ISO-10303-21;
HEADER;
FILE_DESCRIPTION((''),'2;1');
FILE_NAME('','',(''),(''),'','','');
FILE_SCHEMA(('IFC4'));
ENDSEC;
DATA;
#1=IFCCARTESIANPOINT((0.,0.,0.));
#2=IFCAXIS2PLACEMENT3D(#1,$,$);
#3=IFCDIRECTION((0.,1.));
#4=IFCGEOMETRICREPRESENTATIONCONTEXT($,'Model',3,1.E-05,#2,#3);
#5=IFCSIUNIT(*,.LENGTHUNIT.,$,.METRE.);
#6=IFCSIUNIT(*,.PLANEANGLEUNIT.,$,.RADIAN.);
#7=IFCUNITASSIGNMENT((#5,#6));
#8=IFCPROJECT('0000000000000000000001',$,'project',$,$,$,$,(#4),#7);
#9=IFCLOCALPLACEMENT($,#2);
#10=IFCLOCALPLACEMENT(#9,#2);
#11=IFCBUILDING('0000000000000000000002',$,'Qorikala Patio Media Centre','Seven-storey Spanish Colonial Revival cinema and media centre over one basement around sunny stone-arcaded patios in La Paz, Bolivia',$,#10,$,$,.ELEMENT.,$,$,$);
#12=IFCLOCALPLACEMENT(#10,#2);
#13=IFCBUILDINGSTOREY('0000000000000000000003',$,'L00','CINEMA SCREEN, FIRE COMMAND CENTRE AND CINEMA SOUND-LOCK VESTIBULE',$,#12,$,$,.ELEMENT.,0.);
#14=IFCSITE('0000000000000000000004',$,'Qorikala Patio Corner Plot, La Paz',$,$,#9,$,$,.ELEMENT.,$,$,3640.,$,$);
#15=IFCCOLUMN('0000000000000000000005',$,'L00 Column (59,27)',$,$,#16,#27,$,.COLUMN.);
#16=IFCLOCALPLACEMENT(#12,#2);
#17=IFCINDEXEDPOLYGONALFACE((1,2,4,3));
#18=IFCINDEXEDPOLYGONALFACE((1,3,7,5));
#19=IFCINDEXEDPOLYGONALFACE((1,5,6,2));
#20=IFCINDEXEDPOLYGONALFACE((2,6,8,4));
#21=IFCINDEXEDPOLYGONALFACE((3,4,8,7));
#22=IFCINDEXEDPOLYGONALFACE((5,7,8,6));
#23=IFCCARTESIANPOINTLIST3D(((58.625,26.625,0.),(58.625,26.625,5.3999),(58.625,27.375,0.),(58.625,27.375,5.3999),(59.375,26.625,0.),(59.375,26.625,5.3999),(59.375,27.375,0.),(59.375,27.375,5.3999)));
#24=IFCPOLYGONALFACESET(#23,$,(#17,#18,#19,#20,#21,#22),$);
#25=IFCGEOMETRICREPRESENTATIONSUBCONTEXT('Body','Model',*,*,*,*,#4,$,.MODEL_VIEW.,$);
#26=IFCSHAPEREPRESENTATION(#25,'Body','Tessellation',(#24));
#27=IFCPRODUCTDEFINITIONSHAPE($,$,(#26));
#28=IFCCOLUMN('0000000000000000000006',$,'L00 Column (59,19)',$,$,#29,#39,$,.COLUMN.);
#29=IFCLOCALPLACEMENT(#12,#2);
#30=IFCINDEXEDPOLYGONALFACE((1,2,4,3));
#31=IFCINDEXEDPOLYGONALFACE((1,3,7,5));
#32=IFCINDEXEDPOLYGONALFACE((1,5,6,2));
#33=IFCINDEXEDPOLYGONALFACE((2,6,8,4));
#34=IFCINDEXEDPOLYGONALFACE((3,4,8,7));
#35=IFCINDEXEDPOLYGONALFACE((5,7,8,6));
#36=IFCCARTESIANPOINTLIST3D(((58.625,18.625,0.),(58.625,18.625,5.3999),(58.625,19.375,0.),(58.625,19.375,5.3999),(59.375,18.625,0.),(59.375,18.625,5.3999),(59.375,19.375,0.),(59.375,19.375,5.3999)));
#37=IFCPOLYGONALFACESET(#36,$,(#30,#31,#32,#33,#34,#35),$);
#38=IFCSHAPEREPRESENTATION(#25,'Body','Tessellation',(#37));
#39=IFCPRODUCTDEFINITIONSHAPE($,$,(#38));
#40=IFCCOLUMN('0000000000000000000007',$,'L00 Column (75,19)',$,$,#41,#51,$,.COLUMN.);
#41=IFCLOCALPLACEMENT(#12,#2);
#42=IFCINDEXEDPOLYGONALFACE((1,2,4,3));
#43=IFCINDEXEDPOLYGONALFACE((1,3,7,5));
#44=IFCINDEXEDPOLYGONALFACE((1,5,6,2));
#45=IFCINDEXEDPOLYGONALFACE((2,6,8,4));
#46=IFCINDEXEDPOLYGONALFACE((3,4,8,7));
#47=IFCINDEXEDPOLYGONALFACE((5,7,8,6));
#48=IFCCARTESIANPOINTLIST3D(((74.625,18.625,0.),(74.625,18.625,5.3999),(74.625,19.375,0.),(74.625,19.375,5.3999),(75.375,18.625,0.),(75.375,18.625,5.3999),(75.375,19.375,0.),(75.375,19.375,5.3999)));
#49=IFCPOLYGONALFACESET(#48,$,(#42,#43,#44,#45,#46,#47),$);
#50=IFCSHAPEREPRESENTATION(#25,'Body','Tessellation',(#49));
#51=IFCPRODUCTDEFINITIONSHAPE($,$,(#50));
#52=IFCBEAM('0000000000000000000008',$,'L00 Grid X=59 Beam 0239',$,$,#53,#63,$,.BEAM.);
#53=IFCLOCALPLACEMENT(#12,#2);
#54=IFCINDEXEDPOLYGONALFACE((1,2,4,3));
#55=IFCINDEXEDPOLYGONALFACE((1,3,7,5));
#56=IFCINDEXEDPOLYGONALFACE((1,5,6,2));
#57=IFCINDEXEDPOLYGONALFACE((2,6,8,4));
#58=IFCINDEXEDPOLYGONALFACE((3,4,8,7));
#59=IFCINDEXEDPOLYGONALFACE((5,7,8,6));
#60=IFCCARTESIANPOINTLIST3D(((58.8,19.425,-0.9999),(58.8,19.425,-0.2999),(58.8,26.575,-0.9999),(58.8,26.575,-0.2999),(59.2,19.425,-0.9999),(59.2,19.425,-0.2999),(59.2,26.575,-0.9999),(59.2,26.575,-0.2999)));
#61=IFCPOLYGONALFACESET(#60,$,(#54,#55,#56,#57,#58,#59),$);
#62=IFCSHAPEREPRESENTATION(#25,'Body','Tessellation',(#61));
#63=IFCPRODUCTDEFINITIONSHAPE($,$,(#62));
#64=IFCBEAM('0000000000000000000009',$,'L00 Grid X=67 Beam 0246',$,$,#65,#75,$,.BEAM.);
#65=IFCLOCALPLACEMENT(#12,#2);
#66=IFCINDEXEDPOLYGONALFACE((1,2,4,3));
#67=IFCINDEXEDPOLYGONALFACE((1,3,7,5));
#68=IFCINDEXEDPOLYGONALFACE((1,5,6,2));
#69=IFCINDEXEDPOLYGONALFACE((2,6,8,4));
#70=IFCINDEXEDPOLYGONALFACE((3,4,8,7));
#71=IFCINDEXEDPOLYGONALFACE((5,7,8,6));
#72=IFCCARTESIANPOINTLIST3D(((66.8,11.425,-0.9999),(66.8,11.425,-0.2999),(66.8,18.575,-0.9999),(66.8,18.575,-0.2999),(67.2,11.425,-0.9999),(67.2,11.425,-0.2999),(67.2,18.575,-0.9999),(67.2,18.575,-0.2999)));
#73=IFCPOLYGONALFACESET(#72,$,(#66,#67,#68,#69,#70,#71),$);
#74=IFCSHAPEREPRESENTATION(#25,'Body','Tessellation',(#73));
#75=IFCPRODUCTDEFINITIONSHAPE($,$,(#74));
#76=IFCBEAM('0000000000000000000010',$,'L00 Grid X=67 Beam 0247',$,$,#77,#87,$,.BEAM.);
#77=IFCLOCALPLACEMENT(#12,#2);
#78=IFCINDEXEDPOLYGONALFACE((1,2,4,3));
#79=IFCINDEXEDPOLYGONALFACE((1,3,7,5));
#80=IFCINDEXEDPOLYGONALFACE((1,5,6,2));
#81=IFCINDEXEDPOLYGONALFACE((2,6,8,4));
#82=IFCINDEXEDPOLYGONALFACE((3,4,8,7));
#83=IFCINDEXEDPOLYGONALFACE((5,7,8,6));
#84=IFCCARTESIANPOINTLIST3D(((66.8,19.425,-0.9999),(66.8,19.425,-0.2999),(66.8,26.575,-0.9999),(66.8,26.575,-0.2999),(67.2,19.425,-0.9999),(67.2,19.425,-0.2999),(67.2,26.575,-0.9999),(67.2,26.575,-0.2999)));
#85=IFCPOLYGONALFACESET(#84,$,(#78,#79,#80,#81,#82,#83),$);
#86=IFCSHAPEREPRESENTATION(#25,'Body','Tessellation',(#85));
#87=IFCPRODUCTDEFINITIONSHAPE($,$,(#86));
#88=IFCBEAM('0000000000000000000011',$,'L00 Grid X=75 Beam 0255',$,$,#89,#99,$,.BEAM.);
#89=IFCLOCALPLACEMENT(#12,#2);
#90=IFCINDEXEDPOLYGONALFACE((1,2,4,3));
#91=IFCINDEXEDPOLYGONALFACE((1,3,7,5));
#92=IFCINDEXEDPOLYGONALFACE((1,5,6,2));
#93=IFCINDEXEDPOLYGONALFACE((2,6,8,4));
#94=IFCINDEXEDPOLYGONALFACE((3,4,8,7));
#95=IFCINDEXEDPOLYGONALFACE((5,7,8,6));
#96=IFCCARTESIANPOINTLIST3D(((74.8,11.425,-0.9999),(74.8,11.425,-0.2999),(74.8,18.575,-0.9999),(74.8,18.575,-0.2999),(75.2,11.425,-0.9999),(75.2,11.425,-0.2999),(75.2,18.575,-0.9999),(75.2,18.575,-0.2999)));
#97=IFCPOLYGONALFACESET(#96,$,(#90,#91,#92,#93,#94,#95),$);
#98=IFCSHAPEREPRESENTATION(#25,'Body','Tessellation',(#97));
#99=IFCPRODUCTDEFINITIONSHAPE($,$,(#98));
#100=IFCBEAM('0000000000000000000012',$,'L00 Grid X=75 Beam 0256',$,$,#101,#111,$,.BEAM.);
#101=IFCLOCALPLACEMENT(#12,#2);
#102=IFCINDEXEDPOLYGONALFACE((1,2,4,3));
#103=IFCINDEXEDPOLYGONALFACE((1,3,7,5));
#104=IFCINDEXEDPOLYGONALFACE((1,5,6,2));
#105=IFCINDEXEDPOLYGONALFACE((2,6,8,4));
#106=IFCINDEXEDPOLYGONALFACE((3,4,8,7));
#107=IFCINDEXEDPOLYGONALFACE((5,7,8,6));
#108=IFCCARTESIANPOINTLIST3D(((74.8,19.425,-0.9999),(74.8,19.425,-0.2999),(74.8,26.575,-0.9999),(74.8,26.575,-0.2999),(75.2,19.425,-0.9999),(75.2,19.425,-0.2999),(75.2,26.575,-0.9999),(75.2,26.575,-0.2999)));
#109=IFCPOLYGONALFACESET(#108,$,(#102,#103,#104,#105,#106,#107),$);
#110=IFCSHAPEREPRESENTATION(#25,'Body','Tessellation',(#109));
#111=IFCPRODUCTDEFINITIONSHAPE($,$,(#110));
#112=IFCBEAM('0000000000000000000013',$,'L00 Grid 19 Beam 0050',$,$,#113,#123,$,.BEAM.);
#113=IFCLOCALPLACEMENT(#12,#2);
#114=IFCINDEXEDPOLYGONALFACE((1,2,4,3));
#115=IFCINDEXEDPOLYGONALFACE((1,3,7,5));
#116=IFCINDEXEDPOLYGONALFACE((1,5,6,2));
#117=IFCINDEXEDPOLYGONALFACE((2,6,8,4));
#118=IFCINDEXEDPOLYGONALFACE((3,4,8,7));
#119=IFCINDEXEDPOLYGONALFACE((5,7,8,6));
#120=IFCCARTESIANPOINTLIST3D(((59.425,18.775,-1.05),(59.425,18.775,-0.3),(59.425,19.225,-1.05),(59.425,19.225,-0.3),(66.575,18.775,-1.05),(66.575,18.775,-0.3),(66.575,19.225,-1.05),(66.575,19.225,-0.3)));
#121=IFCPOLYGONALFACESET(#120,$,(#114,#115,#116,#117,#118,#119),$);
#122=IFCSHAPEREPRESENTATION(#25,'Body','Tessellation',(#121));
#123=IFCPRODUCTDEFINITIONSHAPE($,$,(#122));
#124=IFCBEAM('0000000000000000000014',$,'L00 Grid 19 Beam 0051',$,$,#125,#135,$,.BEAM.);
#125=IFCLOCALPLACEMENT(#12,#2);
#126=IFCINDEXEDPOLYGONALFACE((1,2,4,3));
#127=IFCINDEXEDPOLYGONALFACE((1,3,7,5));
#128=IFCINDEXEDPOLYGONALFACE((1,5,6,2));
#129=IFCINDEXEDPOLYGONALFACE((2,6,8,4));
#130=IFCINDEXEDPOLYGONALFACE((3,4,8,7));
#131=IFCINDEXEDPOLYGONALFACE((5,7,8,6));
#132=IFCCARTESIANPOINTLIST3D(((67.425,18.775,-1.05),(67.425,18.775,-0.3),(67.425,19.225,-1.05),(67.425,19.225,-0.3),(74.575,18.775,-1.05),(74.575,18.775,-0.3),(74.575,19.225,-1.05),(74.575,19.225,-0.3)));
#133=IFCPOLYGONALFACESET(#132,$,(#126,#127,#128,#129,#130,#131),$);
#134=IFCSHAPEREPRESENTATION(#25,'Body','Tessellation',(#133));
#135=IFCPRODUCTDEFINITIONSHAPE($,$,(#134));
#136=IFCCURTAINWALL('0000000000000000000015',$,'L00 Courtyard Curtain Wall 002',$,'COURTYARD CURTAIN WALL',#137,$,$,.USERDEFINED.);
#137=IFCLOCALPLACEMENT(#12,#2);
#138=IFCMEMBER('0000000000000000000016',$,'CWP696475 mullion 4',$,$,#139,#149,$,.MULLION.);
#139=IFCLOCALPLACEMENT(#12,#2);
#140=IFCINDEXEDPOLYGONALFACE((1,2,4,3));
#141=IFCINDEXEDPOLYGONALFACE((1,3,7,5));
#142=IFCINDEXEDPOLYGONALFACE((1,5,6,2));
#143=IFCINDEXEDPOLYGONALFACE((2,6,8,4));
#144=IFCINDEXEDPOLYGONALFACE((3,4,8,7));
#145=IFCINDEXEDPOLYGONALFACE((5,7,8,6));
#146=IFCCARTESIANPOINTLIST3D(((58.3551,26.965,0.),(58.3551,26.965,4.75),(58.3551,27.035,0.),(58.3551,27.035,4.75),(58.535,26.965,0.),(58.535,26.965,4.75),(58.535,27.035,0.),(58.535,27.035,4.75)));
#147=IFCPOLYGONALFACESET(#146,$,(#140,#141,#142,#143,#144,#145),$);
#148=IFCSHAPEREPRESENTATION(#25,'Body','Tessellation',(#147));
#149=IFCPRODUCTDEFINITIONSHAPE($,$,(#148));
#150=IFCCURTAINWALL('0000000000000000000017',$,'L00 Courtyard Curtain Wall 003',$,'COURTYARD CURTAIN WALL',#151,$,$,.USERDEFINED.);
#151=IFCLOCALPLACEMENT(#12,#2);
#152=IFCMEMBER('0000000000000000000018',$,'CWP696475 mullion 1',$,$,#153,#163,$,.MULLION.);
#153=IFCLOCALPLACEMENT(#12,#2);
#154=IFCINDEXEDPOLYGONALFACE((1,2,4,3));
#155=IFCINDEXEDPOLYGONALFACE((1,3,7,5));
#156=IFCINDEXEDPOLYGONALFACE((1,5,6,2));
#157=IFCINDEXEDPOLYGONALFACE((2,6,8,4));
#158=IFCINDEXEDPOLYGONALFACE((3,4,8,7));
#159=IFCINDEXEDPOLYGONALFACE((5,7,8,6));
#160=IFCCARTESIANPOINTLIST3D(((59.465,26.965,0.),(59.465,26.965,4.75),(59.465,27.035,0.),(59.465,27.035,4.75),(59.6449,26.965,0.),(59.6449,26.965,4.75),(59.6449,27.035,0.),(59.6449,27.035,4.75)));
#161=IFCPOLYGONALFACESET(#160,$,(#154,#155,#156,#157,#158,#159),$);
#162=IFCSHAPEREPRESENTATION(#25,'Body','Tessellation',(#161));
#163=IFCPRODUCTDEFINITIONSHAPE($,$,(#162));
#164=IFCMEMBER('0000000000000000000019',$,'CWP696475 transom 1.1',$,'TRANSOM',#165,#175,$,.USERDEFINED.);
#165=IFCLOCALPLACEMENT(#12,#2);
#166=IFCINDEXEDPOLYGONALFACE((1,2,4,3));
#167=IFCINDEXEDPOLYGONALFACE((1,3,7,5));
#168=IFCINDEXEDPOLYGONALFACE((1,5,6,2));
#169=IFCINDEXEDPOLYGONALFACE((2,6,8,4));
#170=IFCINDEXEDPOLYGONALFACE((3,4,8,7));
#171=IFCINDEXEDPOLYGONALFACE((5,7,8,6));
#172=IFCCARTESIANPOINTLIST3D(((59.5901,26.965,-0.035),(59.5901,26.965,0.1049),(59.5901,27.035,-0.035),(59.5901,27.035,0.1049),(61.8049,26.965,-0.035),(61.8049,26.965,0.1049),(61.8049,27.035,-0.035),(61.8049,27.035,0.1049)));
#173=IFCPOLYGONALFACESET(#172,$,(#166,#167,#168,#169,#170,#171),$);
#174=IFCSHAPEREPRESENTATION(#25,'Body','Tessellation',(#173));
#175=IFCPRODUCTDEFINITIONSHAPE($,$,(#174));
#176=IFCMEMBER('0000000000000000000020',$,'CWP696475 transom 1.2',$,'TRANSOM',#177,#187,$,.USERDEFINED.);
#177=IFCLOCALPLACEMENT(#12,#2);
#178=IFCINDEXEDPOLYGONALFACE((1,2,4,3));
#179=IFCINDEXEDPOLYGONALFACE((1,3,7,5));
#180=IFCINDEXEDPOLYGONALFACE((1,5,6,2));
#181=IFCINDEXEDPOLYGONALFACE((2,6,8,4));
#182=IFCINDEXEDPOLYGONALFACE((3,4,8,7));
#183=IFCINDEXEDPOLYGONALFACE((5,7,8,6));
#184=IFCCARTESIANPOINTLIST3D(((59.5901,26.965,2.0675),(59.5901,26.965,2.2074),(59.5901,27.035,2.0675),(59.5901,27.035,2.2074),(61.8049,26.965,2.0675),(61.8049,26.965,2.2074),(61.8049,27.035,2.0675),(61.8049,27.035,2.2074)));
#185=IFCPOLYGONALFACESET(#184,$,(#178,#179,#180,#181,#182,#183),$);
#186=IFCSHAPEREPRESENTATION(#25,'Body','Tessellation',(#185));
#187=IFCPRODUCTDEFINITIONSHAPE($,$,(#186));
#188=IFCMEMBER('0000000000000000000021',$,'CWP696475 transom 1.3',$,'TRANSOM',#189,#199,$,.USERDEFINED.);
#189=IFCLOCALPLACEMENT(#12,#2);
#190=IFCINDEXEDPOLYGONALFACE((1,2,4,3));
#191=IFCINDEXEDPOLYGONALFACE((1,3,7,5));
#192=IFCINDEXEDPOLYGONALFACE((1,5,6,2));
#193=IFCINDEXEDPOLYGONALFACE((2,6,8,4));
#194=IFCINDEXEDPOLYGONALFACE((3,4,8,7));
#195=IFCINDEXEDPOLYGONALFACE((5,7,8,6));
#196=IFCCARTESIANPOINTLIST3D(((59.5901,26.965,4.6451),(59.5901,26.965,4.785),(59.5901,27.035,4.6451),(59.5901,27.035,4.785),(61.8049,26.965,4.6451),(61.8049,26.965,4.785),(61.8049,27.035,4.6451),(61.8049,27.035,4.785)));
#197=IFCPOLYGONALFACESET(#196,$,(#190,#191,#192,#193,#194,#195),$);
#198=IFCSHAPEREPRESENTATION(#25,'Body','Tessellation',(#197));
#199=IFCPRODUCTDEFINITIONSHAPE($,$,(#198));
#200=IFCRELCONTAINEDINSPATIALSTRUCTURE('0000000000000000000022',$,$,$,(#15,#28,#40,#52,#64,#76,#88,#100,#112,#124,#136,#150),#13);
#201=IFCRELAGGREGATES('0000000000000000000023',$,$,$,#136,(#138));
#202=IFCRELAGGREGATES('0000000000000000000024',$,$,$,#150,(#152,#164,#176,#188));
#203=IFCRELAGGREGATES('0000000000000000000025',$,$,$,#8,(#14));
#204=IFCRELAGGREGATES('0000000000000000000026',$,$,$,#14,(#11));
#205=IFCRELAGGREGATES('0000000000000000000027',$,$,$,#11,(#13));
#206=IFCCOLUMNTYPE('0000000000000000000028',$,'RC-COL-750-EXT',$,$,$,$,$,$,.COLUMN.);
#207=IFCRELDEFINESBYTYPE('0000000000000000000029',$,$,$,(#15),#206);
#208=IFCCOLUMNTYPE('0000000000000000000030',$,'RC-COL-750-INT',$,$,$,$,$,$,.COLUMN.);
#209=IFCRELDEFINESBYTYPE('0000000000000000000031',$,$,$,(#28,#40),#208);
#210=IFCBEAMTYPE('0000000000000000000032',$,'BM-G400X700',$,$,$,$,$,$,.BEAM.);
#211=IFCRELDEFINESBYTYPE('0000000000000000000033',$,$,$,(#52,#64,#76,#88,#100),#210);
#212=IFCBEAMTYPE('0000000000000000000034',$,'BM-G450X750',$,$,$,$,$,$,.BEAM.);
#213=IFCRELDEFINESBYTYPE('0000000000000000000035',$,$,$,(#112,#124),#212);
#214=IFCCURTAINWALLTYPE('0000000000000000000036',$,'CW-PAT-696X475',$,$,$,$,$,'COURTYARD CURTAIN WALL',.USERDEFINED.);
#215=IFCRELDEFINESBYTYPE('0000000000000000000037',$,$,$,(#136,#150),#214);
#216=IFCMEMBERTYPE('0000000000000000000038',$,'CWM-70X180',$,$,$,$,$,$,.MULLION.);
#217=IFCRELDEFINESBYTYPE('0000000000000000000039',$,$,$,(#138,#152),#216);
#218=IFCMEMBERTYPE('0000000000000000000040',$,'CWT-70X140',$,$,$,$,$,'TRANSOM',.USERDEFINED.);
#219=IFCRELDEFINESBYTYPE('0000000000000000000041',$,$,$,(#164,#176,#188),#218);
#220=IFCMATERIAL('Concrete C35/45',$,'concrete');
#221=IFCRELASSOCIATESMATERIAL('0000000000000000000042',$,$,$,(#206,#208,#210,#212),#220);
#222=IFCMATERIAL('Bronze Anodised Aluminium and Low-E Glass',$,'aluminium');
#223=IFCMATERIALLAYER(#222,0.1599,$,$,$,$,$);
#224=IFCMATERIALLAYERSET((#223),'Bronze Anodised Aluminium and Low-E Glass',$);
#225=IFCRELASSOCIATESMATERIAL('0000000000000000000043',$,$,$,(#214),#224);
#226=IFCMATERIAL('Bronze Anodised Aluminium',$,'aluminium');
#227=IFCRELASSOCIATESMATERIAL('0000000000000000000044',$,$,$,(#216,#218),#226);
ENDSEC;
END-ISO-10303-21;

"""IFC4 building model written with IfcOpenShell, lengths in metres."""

from ifc_helpers import new_model, si_unit, direction, frame, origin, origin_2d, place, context, subcontext, project, spatial, rectangle, extrude, material, layer, layer_set, material_profile, profile_set, type_object, element, aggregate, save


model = new_model("IFC4")

# Units and contexts
model_context = context("Model", 3, precision=1e-05, world=origin(), true_north=direction((0.0, 1.0)))
body_context = subcontext(model_context, "Body", "Model", "MODEL_VIEW")
ifc_project = project(units=[si_unit("LENGTHUNIT", "METRE"), si_unit("PLANEANGLEUNIT", "RADIAN")], contexts=[model_context])

# Site, building, storey
site_placement = place(None, origin())
site = spatial("IfcSite", under=ifc_project, at=site_placement, Name="Qorikala Patio Corner Plot, La Paz", CompositionType="ELEMENT", RefElevation=3640.0)
building_placement = place(site_placement, origin())
building = spatial("IfcBuilding", under=site, at=building_placement, Name="Qorikala Patio Media Centre", Description="Seven-storey Spanish Colonial Revival cinema and media centre over one basement around sunny stone-arcaded patios in La Paz, Bolivia", CompositionType="ELEMENT")
storey_placement = place(building_placement, origin())
storey = spatial("IfcBuildingStorey", under=building, at=storey_placement, Name="L00", Description="CINEMA SCREEN, FIRE COMMAND CENTRE AND CINEMA SOUND-LOCK VESTIBULE", CompositionType="ELEMENT", Elevation=0.0)

# Columns
ifc_material_1 = material(Name="Concrete C35/45", Category="concrete")
ifc_material_profile_1 = material_profile(ifc_material_1, rectangle(XDim=0.75, YDim=0.75, at=origin_2d()), Name="RC 750x750")
ifc_profile_set_1 = profile_set([ifc_material_profile_1], Name="Concrete C35/45")
column_type_1 = type_object("IfcColumnType", Name="RC-COL-750-EXT", PredefinedType="COLUMN", material=ifc_profile_set_1)
column_placement = place(storey_placement, frame((59.0, 27.0, 0.0), z_axis=(0.0, 0.0, 1.0), x_axis=(1.0, 0.0, 0.0)))
element("IfcColumn", 1, at=column_placement, inside=storey, type_object=column_type_1, Name="L00 Column (59,27)", PredefinedType="COLUMN", context=body_context, shape_type="SweptSolid", body=[
    extrude(rectangle(XDim=0.75, YDim=0.75, at=origin_2d()), origin(), (0.0, 0.0, 1.0), 5.3999),
])
ifc_material_profile_2 = material_profile(ifc_material_1, rectangle(XDim=0.75, YDim=0.75, at=origin_2d()), Name="RC 750x750")
ifc_profile_set_2 = profile_set([ifc_material_profile_2], Name="Concrete C35/45")
column_type_2 = type_object("IfcColumnType", Name="RC-COL-750-INT", PredefinedType="COLUMN", material=ifc_profile_set_2)
for number, where, z_axis, x_axis, name in (
    (2, (59.0, 19.0, 0.0), (0.0, 0.0, 1.0), (1.0, 0.0, 0.0), "L00 Column (59,19)"),
    (3, (75.0, 19.0, 0.0), (0.0, 0.0, 1.0), (1.0, 0.0, 0.0), "L00 Column (75,19)"),
):
    element("IfcColumn", number, at=place(storey_placement, frame(where, z_axis=z_axis, x_axis=x_axis)), inside=storey, type_object=column_type_2, Name=name, PredefinedType="COLUMN", context=body_context, shape_type="SweptSolid", body=[
        extrude(rectangle(XDim=0.75, YDim=0.75, at=origin_2d()), origin(), (0.0, 0.0, 1.0), 5.3999),
    ])

# Beams
ifc_material_profile_3 = material_profile(ifc_material_1, rectangle(XDim=0.3999, YDim=0.7, at=origin_2d()), Name="RC 400x700")
ifc_profile_set_3 = profile_set([ifc_material_profile_3], Name="Concrete C35/45")
beam_type_1 = type_object("IfcBeamType", Name="BM-G400X700", PredefinedType="BEAM", material=ifc_profile_set_3)
for number, where, z_axis, x_axis, name in (
    (4, (59.0, 19.425, -0.6499), (0.0, 1.0, 0.0), (-1.0, 0.0, 0.0), "L00 Grid X=59 Beam 0239"),
    (5, (67.0, 11.425, -0.6499), (0.0, 1.0, 0.0), (-1.0, 0.0, 0.0), "L00 Grid X=67 Beam 0246"),
    (6, (67.0, 19.425, -0.6499), (0.0, 1.0, 0.0), (-1.0, 0.0, 0.0), "L00 Grid X=67 Beam 0247"),
    (7, (75.0, 11.425, -0.6499), (0.0, 1.0, 0.0), (-1.0, 0.0, 0.0), "L00 Grid X=75 Beam 0255"),
    (8, (75.0, 19.425, -0.6499), (0.0, 1.0, 0.0), (-1.0, 0.0, 0.0), "L00 Grid X=75 Beam 0256"),
):
    element("IfcBeam", number, at=place(storey_placement, frame(where, z_axis=z_axis, x_axis=x_axis)), inside=storey, type_object=beam_type_1, Name=name, PredefinedType="BEAM", context=body_context, shape_type="SweptSolid", body=[
        extrude(rectangle(XDim=0.3999, YDim=0.7, at=origin_2d()), origin(), (0.0, 0.0, 1.0), 7.1499),
    ])
ifc_material_profile_4 = material_profile(ifc_material_1, rectangle(XDim=0.45, YDim=0.75, at=origin_2d()), Name="RC 450x750")
ifc_profile_set_4 = profile_set([ifc_material_profile_4], Name="Concrete C35/45")
beam_type_2 = type_object("IfcBeamType", Name="BM-G450X750", PredefinedType="BEAM", material=ifc_profile_set_4)
for number, where, z_axis, x_axis, name in (
    (9, (59.425, 19.0, -0.675), (1.0, 0.0, 0.0), (0.0, 1.0, 0.0), "L00 Grid 19 Beam 0050"),
    (10, (67.425, 19.0, -0.675), (1.0, 0.0, 0.0), (0.0, 1.0, 0.0), "L00 Grid 19 Beam 0051"),
):
    element("IfcBeam", number, at=place(storey_placement, frame(where, z_axis=z_axis, x_axis=x_axis)), inside=storey, type_object=beam_type_2, Name=name, PredefinedType="BEAM", context=body_context, shape_type="SweptSolid", body=[
        extrude(rectangle(XDim=0.45, YDim=0.75, at=origin_2d()), origin(), (0.0, 0.0, 1.0), 7.1499),
    ])

# Curtain wall, member
ifc_material_2 = material(Name="Bronze Anodised Aluminium and Low-E Glass", Category="aluminium")
ifc_layer_1 = layer(ifc_material_2, 0.1599)
ifc_layer_set_1 = layer_set([ifc_layer_1], Name="Bronze Anodised Aluminium and Low-E Glass")
curtain_wall_type = type_object("IfcCurtainWallType", Name="CW-PAT-696X475", ElementType="COURTYARD CURTAIN WALL", PredefinedType="USERDEFINED", material=ifc_layer_set_1)
curtain_wall_1_placement = place(storey_placement, origin())
curtain_wall_1 = element("IfcCurtainWall", 11, at=curtain_wall_1_placement, inside=storey, type_object=curtain_wall_type, Name="L00 Courtyard Curtain Wall 002", ObjectType="COURTYARD CURTAIN WALL", PredefinedType="USERDEFINED")
ifc_material_3 = material(Name="Bronze Anodised Aluminium", Category="aluminium")
ifc_material_profile_5 = material_profile(ifc_material_3, rectangle(XDim=0.0701, YDim=0.1799, at=origin_2d()), Name="ALU MULLION 70x180")
ifc_profile_set_5 = profile_set([ifc_material_profile_5], Name="Bronze Anodised Aluminium")
member_type_1 = type_object("IfcMemberType", Name="CWM-70X180", PredefinedType="MULLION", material=ifc_profile_set_5)
member_1_placement = place(storey_placement, frame((58.4451, 27.0, 0.0), z_axis=(0.0, 0.0, 1.0), x_axis=(0.0, 1.0, 0.0)))
member_1 = element("IfcMember", 12, at=member_1_placement, type_object=member_type_1, Name="CWP696475 mullion 4", PredefinedType="MULLION", context=body_context, shape_type="SweptSolid", body=[
    extrude(rectangle(XDim=0.0701, YDim=0.1799, at=origin_2d()), origin(), (0.0, 0.0, 1.0), 4.75),
])

# Curtain wall, members
curtain_wall_2_placement = place(storey_placement, origin())
curtain_wall_2 = element("IfcCurtainWall", 13, at=curtain_wall_2_placement, inside=storey, type_object=curtain_wall_type, Name="L00 Courtyard Curtain Wall 003", ObjectType="COURTYARD CURTAIN WALL", PredefinedType="USERDEFINED")
member_2_placement = place(storey_placement, frame((59.5549, 27.0, 0.0), z_axis=(0.0, 0.0, 1.0), x_axis=(0.0, 1.0, 0.0)))
member_2 = element("IfcMember", 14, at=member_2_placement, type_object=member_type_1, Name="CWP696475 mullion 1", PredefinedType="MULLION", context=body_context, shape_type="SweptSolid", body=[
    extrude(rectangle(XDim=0.0701, YDim=0.1799, at=origin_2d()), origin(), (0.0, 0.0, 1.0), 4.75),
])
ifc_material_profile_6 = material_profile(ifc_material_3, rectangle(XDim=0.0701, YDim=0.1399, at=origin_2d()), Name="ALU TRANSOM 70x140")
ifc_profile_set_6 = profile_set([ifc_material_profile_6], Name="Bronze Anodised Aluminium")
member_type_2 = type_object("IfcMemberType", Name="CWT-70X140", ElementType="TRANSOM", PredefinedType="USERDEFINED", material=ifc_profile_set_6)
member_3_placement = place(storey_placement, frame((59.5901, 27.0, 0.0349), z_axis=(1.0, 0.0, 0.0), x_axis=(0.0, 1.0, 0.0)))
member_3 = element("IfcMember", 15, at=member_3_placement, type_object=member_type_2, Name="CWP696475 transom 1.1", ObjectType="TRANSOM", PredefinedType="USERDEFINED", context=body_context, shape_type="SweptSolid", body=[
    extrude(rectangle(XDim=0.0701, YDim=0.1399, at=origin_2d()), origin(), (0.0, 0.0, 1.0), 2.2148),
])
member_4_placement = place(storey_placement, frame((59.5901, 27.0, 2.1375), z_axis=(1.0, 0.0, 0.0), x_axis=(0.0, 1.0, 0.0)))
member_4 = element("IfcMember", 16, at=member_4_placement, type_object=member_type_2, Name="CWP696475 transom 1.2", ObjectType="TRANSOM", PredefinedType="USERDEFINED", context=body_context, shape_type="SweptSolid", body=[
    extrude(rectangle(XDim=0.0701, YDim=0.1399, at=origin_2d()), origin(), (0.0, 0.0, 1.0), 2.2148),
])
member_5_placement = place(storey_placement, frame((59.5901, 27.0, 4.7151), z_axis=(1.0, 0.0, 0.0), x_axis=(0.0, 1.0, 0.0)))
member_5 = element("IfcMember", 17, at=member_5_placement, type_object=member_type_2, Name="CWP696475 transom 1.3", ObjectType="TRANSOM", PredefinedType="USERDEFINED", context=body_context, shape_type="SweptSolid", body=[
    extrude(rectangle(XDim=0.0701, YDim=0.1399, at=origin_2d()), origin(), (0.0, 0.0, 1.0), 2.2148),
])

aggregate(curtain_wall_1, [member_1])
aggregate(curtain_wall_2, [member_2, member_3, member_4, member_5])

save(model, "model.ifc")
